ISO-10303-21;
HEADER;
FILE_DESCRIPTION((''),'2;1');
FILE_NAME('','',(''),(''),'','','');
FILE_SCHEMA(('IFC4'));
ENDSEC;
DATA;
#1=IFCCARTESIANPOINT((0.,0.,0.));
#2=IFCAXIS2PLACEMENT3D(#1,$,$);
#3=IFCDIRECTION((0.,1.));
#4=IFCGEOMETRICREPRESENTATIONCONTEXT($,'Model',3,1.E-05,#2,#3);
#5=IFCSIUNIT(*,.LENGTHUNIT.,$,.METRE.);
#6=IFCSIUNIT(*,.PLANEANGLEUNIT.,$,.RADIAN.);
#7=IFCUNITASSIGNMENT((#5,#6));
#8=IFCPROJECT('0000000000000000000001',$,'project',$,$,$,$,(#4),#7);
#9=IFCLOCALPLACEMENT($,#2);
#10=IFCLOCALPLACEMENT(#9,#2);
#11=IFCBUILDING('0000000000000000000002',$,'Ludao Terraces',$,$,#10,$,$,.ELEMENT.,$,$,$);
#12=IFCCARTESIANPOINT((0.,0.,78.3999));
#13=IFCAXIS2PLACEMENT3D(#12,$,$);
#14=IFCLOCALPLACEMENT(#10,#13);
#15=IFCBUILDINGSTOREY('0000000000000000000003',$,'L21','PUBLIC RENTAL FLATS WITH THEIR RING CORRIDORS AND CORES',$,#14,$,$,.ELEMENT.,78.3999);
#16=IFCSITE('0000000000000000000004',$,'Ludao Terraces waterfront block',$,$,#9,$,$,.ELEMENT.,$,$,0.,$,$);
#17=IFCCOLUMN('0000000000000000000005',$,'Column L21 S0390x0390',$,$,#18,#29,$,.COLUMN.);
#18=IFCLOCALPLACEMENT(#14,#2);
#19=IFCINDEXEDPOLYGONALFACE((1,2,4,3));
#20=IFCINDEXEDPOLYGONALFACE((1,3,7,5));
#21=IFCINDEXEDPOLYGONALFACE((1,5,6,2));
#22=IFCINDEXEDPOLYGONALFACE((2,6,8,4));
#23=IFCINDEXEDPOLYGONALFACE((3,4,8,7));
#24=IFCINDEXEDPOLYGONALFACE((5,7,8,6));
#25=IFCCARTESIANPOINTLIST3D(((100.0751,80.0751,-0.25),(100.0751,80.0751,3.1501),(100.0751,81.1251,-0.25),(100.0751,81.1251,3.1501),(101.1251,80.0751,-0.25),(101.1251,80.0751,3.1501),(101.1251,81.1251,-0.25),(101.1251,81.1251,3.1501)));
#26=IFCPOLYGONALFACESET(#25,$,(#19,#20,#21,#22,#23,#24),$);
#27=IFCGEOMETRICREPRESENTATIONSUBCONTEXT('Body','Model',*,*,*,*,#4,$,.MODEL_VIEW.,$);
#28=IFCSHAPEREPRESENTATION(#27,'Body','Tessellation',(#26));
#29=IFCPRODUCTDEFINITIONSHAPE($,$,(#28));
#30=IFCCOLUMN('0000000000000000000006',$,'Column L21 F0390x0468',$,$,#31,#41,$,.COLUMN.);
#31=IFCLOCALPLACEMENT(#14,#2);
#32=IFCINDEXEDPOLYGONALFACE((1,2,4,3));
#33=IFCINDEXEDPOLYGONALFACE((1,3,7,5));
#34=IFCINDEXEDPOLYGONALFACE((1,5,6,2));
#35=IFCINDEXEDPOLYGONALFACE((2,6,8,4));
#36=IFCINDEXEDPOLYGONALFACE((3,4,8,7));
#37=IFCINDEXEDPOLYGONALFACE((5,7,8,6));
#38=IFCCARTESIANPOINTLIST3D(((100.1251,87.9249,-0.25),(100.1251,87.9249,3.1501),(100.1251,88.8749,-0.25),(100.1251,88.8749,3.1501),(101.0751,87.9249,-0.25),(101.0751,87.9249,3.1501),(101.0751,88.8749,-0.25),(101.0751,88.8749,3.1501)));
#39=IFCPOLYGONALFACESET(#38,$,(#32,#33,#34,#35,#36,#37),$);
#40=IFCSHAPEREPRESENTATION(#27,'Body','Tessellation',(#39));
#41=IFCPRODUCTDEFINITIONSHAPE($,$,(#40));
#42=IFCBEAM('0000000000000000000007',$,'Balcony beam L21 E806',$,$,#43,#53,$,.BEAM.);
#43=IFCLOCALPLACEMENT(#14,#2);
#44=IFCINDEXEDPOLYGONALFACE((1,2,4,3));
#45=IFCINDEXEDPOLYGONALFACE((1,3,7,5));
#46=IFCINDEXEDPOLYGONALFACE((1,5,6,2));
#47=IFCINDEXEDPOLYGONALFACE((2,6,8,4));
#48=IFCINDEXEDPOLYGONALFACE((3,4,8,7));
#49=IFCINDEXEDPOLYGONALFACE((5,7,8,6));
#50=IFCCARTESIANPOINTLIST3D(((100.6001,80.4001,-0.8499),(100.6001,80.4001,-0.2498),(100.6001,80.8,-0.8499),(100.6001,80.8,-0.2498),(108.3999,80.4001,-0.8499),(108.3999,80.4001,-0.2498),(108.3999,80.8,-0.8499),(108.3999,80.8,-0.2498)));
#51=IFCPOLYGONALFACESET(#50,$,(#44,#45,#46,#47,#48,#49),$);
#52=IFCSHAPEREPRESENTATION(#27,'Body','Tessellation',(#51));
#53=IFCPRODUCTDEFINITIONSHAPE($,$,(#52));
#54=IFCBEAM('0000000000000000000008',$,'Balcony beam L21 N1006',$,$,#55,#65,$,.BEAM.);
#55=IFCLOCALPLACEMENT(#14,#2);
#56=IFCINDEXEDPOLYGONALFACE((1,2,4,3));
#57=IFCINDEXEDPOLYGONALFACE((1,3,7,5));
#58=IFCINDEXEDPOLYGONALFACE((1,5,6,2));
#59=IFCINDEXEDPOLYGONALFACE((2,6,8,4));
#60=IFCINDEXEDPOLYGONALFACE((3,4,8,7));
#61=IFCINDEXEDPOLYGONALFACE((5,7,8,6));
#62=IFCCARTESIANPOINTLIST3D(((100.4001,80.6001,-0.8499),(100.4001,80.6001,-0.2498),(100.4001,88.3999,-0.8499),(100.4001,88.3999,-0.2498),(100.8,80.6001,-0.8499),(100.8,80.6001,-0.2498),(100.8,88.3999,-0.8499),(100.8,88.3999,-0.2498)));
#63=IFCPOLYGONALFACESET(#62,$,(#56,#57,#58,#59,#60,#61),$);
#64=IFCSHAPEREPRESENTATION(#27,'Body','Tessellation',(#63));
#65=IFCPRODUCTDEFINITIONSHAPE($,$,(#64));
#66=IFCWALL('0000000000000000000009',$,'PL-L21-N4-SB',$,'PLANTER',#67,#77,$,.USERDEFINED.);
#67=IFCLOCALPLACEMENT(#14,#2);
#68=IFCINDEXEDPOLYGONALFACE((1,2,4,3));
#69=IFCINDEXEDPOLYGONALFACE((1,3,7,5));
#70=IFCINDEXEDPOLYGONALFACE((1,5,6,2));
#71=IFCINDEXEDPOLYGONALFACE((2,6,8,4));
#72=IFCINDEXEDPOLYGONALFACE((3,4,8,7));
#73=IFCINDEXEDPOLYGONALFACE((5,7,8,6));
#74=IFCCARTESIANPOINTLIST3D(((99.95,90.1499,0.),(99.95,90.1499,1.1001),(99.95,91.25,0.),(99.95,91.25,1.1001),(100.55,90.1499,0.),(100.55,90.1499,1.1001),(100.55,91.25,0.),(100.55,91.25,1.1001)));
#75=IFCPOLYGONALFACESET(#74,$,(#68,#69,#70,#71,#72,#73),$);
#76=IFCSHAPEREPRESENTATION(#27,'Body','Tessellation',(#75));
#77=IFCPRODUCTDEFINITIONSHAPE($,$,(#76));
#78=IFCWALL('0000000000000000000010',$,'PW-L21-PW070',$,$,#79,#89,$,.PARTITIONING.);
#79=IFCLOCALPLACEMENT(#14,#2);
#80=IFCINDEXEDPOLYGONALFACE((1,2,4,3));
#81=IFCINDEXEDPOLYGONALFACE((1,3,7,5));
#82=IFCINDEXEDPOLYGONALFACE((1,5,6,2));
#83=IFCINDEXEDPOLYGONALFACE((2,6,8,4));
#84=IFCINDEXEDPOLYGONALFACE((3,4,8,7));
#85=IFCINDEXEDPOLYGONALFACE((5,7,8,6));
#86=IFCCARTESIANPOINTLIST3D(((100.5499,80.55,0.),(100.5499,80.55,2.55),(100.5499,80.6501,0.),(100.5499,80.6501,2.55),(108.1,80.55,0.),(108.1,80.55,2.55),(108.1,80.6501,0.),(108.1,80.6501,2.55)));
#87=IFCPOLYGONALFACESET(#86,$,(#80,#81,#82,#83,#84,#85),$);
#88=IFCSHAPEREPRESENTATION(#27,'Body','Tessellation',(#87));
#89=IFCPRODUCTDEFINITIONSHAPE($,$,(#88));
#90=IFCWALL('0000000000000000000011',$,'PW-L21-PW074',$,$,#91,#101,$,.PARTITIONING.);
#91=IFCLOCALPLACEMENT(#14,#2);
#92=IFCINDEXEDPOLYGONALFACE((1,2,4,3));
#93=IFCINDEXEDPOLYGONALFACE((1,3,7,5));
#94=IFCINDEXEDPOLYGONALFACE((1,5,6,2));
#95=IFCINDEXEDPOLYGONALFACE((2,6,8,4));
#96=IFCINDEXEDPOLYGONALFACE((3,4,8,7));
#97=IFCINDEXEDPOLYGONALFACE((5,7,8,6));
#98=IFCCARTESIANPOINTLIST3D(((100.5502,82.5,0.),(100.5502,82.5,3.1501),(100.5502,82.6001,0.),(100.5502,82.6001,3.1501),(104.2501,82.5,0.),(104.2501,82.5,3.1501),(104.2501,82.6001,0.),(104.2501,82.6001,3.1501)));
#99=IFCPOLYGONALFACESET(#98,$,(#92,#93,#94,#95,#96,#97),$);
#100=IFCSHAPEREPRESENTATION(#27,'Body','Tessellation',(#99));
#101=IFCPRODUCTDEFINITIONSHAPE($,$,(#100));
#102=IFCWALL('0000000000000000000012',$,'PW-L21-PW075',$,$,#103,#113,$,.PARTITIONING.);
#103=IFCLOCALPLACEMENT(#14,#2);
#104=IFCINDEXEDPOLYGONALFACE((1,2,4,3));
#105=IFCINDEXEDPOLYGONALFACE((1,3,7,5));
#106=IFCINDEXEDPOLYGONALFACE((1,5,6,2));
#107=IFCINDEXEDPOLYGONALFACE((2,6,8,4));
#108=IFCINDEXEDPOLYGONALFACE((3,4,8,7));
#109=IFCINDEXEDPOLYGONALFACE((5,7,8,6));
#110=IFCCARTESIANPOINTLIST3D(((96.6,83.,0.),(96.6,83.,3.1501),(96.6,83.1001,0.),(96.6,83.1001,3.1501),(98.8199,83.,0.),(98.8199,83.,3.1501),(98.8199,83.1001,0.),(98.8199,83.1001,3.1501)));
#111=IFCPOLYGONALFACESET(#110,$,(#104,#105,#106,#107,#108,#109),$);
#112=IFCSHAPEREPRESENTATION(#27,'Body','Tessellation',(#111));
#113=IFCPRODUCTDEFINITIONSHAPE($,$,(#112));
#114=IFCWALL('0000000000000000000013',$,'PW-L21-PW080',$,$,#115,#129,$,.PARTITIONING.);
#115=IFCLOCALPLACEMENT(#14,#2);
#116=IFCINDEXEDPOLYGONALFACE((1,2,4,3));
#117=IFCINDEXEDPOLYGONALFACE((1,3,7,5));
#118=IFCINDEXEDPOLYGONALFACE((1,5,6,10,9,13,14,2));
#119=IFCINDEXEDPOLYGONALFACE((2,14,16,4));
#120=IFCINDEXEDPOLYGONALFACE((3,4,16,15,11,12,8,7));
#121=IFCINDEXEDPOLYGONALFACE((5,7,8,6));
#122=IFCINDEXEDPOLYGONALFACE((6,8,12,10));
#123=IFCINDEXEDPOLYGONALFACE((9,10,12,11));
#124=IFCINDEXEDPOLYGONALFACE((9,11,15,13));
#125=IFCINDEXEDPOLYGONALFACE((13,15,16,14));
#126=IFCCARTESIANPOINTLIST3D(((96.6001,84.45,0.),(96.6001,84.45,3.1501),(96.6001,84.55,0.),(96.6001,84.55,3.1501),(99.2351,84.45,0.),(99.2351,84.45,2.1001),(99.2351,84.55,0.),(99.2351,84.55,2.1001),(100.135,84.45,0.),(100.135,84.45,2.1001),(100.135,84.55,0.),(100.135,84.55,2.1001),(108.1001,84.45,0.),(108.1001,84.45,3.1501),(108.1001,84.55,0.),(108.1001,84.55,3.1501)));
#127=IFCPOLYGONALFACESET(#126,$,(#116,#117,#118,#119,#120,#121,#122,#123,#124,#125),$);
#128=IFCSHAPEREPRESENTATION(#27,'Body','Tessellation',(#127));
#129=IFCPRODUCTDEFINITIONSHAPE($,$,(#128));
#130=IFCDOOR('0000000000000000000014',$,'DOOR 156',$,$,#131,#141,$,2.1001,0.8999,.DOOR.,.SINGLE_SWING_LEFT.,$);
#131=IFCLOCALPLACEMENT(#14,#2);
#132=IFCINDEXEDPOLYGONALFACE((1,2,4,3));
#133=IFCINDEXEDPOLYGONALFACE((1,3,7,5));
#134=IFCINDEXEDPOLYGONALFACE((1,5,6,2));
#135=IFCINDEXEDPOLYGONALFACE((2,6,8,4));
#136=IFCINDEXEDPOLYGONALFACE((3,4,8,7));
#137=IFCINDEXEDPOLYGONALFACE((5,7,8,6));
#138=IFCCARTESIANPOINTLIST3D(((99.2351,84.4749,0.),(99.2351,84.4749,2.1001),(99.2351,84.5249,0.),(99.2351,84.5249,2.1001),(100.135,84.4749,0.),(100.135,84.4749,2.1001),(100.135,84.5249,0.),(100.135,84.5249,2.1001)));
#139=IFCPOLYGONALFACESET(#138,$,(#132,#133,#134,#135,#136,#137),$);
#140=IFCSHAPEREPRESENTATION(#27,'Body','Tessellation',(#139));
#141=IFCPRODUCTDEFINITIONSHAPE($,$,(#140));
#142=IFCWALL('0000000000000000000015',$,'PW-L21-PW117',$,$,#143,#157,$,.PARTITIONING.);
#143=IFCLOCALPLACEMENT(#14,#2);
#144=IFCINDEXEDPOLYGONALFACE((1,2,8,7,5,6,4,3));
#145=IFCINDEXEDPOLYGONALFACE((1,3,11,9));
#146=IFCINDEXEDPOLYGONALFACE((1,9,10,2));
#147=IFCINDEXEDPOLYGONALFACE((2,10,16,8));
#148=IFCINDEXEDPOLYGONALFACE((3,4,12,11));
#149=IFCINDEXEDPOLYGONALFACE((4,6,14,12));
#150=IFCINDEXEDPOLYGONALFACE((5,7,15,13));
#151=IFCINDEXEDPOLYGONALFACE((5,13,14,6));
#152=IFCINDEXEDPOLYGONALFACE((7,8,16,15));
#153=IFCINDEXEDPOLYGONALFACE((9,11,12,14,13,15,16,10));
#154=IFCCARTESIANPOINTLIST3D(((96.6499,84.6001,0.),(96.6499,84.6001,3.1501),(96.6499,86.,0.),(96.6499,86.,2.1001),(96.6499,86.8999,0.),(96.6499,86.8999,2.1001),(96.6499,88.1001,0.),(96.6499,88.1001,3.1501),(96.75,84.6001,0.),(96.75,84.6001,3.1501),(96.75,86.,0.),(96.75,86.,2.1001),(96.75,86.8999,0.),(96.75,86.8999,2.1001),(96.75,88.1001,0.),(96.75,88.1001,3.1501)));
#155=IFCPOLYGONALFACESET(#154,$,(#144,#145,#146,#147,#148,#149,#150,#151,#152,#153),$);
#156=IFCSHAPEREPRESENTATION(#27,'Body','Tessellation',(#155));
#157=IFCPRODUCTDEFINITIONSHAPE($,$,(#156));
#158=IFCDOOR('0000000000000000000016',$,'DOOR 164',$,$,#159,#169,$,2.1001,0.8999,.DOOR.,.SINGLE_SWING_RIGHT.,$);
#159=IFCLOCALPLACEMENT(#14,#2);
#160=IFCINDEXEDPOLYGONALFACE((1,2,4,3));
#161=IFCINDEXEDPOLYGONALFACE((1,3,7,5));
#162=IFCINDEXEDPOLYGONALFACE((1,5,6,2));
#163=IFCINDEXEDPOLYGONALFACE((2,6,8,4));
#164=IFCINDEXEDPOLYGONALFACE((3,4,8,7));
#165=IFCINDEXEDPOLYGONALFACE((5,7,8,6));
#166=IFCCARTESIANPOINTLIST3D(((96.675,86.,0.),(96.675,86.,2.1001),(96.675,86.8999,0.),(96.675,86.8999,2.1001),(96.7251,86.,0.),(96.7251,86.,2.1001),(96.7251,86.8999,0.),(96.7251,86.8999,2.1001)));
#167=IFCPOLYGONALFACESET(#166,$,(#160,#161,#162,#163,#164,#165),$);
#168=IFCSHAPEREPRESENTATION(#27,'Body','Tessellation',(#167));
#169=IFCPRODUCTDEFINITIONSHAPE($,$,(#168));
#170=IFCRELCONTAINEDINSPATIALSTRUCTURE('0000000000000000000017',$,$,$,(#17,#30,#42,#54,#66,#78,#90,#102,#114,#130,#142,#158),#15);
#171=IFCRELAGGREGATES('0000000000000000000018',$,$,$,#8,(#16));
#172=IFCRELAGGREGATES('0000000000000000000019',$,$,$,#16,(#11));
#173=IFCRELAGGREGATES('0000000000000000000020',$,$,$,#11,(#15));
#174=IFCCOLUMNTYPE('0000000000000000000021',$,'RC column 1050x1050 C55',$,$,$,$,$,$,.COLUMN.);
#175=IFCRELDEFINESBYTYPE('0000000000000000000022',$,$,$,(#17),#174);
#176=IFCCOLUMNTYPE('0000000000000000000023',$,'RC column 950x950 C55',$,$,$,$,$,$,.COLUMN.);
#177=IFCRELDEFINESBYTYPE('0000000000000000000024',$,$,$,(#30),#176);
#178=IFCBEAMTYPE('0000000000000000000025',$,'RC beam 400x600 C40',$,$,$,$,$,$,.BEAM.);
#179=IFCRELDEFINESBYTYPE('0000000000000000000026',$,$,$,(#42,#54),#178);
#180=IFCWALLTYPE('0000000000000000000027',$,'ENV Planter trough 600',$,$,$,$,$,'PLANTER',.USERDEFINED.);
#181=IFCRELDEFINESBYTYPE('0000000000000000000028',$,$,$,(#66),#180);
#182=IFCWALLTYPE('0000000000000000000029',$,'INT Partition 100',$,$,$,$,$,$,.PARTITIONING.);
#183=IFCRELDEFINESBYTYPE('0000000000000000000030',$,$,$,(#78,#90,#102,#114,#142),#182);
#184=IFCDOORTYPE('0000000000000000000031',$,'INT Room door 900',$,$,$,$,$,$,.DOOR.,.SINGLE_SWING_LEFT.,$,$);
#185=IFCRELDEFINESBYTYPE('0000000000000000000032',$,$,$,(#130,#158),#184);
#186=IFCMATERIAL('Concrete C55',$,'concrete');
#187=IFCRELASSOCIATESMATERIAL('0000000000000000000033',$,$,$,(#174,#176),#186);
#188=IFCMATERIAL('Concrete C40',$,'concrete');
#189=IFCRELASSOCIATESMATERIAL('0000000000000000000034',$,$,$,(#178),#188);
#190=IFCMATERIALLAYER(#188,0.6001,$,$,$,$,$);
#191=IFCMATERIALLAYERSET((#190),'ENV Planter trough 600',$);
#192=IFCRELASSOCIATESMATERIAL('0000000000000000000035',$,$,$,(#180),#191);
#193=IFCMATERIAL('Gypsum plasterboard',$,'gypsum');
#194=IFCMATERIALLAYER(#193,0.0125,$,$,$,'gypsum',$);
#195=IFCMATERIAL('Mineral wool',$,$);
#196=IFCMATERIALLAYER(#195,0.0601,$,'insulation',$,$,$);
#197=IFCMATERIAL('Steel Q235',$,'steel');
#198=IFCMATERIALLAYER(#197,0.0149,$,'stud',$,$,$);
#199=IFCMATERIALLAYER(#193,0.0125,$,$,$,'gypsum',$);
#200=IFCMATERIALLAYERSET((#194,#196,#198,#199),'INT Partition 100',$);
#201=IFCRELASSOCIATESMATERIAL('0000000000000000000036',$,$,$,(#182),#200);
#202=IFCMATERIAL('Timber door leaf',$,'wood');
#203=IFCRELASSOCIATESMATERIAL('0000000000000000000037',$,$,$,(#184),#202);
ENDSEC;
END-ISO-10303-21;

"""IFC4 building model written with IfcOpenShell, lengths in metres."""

from ifc_helpers import new_model, si_unit, direction, frame, frame_2d, origin, origin_2d, place, context, subcontext, project, spatial, rectangle, extrude, material, layer, layer_set, material_profile, profile_set, type_object, element, fill, save


model = new_model("IFC4")

# Units and contexts
model_context = context("Model", 3, precision=1e-05, world=origin(), true_north=direction((0.0, 1.0)))
body_context = subcontext(model_context, "Body", "Model", "MODEL_VIEW")
ifc_project = project(units=[si_unit("LENGTHUNIT", "METRE"), si_unit("PLANEANGLEUNIT", "RADIAN")], contexts=[model_context])

# Site, building, storey
site_placement = place(None, origin())
site = spatial("IfcSite", under=ifc_project, at=site_placement, Name="Ludao Terraces waterfront block", CompositionType="ELEMENT", RefElevation=0.0)
building_placement = place(site_placement, origin())
building = spatial("IfcBuilding", under=site, at=building_placement, Name="Ludao Terraces", CompositionType="ELEMENT")
storey_placement = place(building_placement, frame((0.0, 0.0, 78.3999)))
storey = spatial("IfcBuildingStorey", under=building, at=storey_placement, Name="L21", Description="PUBLIC RENTAL FLATS WITH THEIR RING CORRIDORS AND CORES", CompositionType="ELEMENT", Elevation=78.3999)

# Columns
ifc_material_1 = material(Name="Concrete C55", Category="concrete")
ifc_material_profile_1 = material_profile(ifc_material_1, rectangle(XDim=1.05, YDim=1.05, at=origin_2d()), Name="1050 X 1050")
ifc_profile_set_1 = profile_set([ifc_material_profile_1], Name="Concrete C55")
column_type_1 = type_object("IfcColumnType", Name="RC column 1050x1050 C55", PredefinedType="COLUMN", material=ifc_profile_set_1)
column_1_placement = place(storey_placement, frame((100.6001, 80.6001, -0.25), z_axis=(0.0, 0.0, 1.0), x_axis=(1.0, 0.0, 0.0)))
element("IfcColumn", 1, at=column_1_placement, inside=storey, type_object=column_type_1, Name="Column L21 S0390x0390", PredefinedType="COLUMN", context=body_context, shape_type="SweptSolid", body=[
    extrude(rectangle(XDim=1.05, YDim=1.05, at=origin_2d()), origin(), (0.0, 0.0, 1.0), 3.4001),
])
ifc_material_profile_2 = material_profile(ifc_material_1, rectangle(XDim=0.95, YDim=0.95, at=origin_2d()), Name="950 X 950")
ifc_profile_set_2 = profile_set([ifc_material_profile_2], Name="Concrete C55")
column_type_2 = type_object("IfcColumnType", Name="RC column 950x950 C55", PredefinedType="COLUMN", material=ifc_profile_set_2)
column_2_placement = place(storey_placement, frame((100.6001, 88.3999, -0.25), z_axis=(0.0, 0.0, 1.0), x_axis=(1.0, 0.0, 0.0)))
element("IfcColumn", 2, at=column_2_placement, inside=storey, type_object=column_type_2, Name="Column L21 F0390x0468", PredefinedType="COLUMN", context=body_context, shape_type="SweptSolid", body=[
    extrude(rectangle(XDim=0.95, YDim=0.95, at=origin_2d()), origin(), (0.0, 0.0, 1.0), 3.4001),
])

# Beams
ifc_material_2 = material(Name="Concrete C40", Category="concrete")
ifc_material_profile_3 = material_profile(ifc_material_2, rectangle(XDim=0.3999, YDim=0.6001, at=origin_2d()), Name="400 X 600")
ifc_profile_set_3 = profile_set([ifc_material_profile_3], Name="Concrete C40")
beam_type = type_object("IfcBeamType", Name="RC beam 400x600 C40", PredefinedType="BEAM", material=ifc_profile_set_3)
for number, where, z_axis, x_axis, name in (
    (3, (100.6001, 80.6001, -0.5498), (1.0, 0.0, 0.0), (0.0, 1.0, 0.0), "Balcony beam L21 E806"),
    (4, (100.6001, 80.6001, -0.5498), (0.0, 1.0, 0.0), (-1.0, 0.0, 0.0), "Balcony beam L21 N1006"),
):
    element("IfcBeam", number, at=place(storey_placement, frame(where, z_axis=z_axis, x_axis=x_axis)), inside=storey, type_object=beam_type, Name=name, PredefinedType="BEAM", context=body_context, shape_type="SweptSolid", body=[
        extrude(rectangle(XDim=0.3999, YDim=0.6001, at=origin_2d()), origin(), (0.0, 0.0, 1.0), 7.7998),
    ])

# Walls
ifc_layer_1 = layer(ifc_material_2, 0.6001)
ifc_layer_set_1 = layer_set([ifc_layer_1], Name="ENV Planter trough 600")
wall_type_1 = type_object("IfcWallType", Name="ENV Planter trough 600", ElementType="PLANTER", PredefinedType="USERDEFINED", material=ifc_layer_set_1)
wall_1_placement = place(storey_placement, frame((100.25, 91.25, 0.0), z_axis=(0.0, 0.0, 1.0), x_axis=(0.0, -1.0, 0.0)))
element("IfcWall", 5, at=wall_1_placement, inside=storey, type_object=wall_type_1, Name="PL-L21-N4-SB", ObjectType="PLANTER", PredefinedType="USERDEFINED", context=body_context, shape_type="SweptSolid", body=[
    extrude(rectangle(XDim=1.1001, YDim=0.6001, at=frame_2d((0.55, 0.0))), origin(), (0.0, 0.0, 1.0), 1.1001),
])
ifc_material_3 = material(Name="Gypsum plasterboard", Category="gypsum")
ifc_layer_2 = layer(ifc_material_3, 0.0125, Category="gypsum")
ifc_material_4 = material(Name="Mineral wool")
ifc_layer_3 = layer(ifc_material_4, 0.0601, Name="insulation")
ifc_material_5 = material(Name="Steel Q235", Category="steel")
ifc_layer_4 = layer(ifc_material_5, 0.0149, Name="stud")
ifc_layer_5 = layer(ifc_material_3, 0.0125, Category="gypsum")
ifc_layer_set_2 = layer_set([ifc_layer_2, ifc_layer_3, ifc_layer_4, ifc_layer_5], Name="INT Partition 100")
wall_type_2 = type_object("IfcWallType", Name="INT Partition 100", PredefinedType="PARTITIONING", material=ifc_layer_set_2)
wall_2_placement = place(storey_placement, frame((100.55, 80.6001, 0.0), z_axis=(0.0, 0.0, 1.0), x_axis=(1.0, 0.0, 0.0)))
element("IfcWall", 6, at=wall_2_placement, inside=storey, type_object=wall_type_2, Name="PW-L21-PW070", PredefinedType="PARTITIONING", context=body_context, shape_type="SweptSolid", body=[
    extrude(rectangle(XDim=7.55, YDim=0.1001, at=frame_2d((3.7749, 0.0))), origin(), (0.0, 0.0, 1.0), 2.55),
])
wall_3_placement = place(storey_placement, frame((100.55, 82.55, 0.0), z_axis=(0.0, 0.0, 1.0), x_axis=(1.0, 0.0, 0.0)))
element("IfcWall", 7, at=wall_3_placement, inside=storey, type_object=wall_type_2, Name="PW-L21-PW074", PredefinedType="PARTITIONING", context=body_context, shape_type="SweptSolid", body=[
    extrude(rectangle(XDim=3.7, YDim=0.1001, at=frame_2d((1.8501, 0.0))), origin(), (0.0, 0.0, 1.0), 3.1501),
])
wall_4_placement = place(storey_placement, frame((96.6001, 83.05, 0.0), z_axis=(0.0, 0.0, 1.0), x_axis=(1.0, 0.0, 0.0)))
element("IfcWall", 8, at=wall_4_placement, inside=storey, type_object=wall_type_2, Name="PW-L21-PW075", PredefinedType="PARTITIONING", context=body_context, shape_type="SweptSolid", body=[
    extrude(rectangle(XDim=2.22, YDim=0.1001, at=frame_2d((1.1099, 0.0))), origin(), (0.0, 0.0, 1.0), 3.1501),
])

# Walls, openings, doors
wall_5_placement = place(storey_placement, frame((96.6001, 84.5, 0.0), z_axis=(0.0, 0.0, 1.0), x_axis=(1.0, 0.0, 0.0)))
wall_5 = element("IfcWall", 9, at=wall_5_placement, inside=storey, type_object=wall_type_2, Name="PW-L21-PW080", PredefinedType="PARTITIONING", context=body_context, shape_type="SweptSolid", body=[
    extrude(rectangle(XDim=11.5, YDim=0.1001, at=frame_2d((5.75, 0.0))), origin(), (0.0, 0.0, 1.0), 3.1501),
])
opening_1_placement = place(wall_5_placement, frame((2.635, 0.0, 0.0)))
opening_1 = element("IfcOpeningElement", 10, at=opening_1_placement, cuts=wall_5, PredefinedType="OPENING", context=body_context, shape_type="SweptSolid", body=[
    extrude(rectangle(XDim=0.8999, YDim=2.1001, at=frame_2d((0.45, 1.05))), frame((0.0, 0.0601, 0.0), z_axis=(0.0, -1.0, 0.0), x_axis=(1.0, 0.0, 0.0)), (0.0, 0.0, 1.0), 0.1201),
])
ifc_material_6 = material(Name="Timber door leaf", Category="wood")
door_type_1 = type_object("IfcDoorType", Name="INT Room door 900", OperationType="SINGLE_SWING_LEFT", PredefinedType="DOOR", material=ifc_material_6)
door_1_placement = place(opening_1_placement, origin())
door_1 = element("IfcDoor", 11, at=door_1_placement, inside=storey, type_object=door_type_1, Name="DOOR 156", OperationType="SINGLE_SWING_LEFT", OverallHeight=2.1001, OverallWidth=0.8999, PredefinedType="DOOR", context=body_context, shape_type="SweptSolid", body=[
    extrude(rectangle(XDim=0.8999, YDim=2.1001, at=frame_2d((0.45, 1.05))), frame((0.0, 0.0249, 0.0), z_axis=(0.0, -1.0, 0.0), x_axis=(1.0, 0.0, 0.0)), (0.0, 0.0, 1.0), 0.05),
])
fill(opening_1, door_1)
wall_6_placement = place(storey_placement, frame((96.7, 84.6001, 0.0), z_axis=(0.0, 0.0, 1.0), x_axis=(0.0, 1.0, 0.0)))
wall_6 = element("IfcWall", 12, at=wall_6_placement, inside=storey, type_object=wall_type_2, Name="PW-L21-PW117", PredefinedType="PARTITIONING", context=body_context, shape_type="SweptSolid", body=[
    extrude(rectangle(XDim=3.5, YDim=0.1001, at=frame_2d((1.75, 0.0))), origin(), (0.0, 0.0, 1.0), 3.1501),
])
opening_2_placement = place(wall_6_placement, frame((1.3999, 0.0, 0.0)))
opening_2 = element("IfcOpeningElement", 13, at=opening_2_placement, cuts=wall_6, PredefinedType="OPENING", context=body_context, shape_type="SweptSolid", body=[
    extrude(rectangle(XDim=0.8999, YDim=2.1001, at=frame_2d((0.45, 1.05))), frame((0.0, 0.0601, 0.0), z_axis=(0.0, -1.0, 0.0), x_axis=(1.0, 0.0, 0.0)), (0.0, 0.0, 1.0), 0.1201),
])
door_2_placement = place(opening_2_placement, origin())
door_2 = element("IfcDoor", 14, at=door_2_placement, inside=storey, type_object=door_type_1, Name="DOOR 164", OperationType="SINGLE_SWING_RIGHT", OverallHeight=2.1001, OverallWidth=0.8999, PredefinedType="DOOR", context=body_context, shape_type="SweptSolid", body=[
    extrude(rectangle(XDim=0.8999, YDim=2.1001, at=frame_2d((0.45, 1.05))), frame((0.0, 0.0249, 0.0), z_axis=(0.0, -1.0, 0.0), x_axis=(1.0, 0.0, 0.0)), (0.0, 0.0, 1.0), 0.05),
])
fill(opening_2, door_2)

save(model, "model.ifc")
